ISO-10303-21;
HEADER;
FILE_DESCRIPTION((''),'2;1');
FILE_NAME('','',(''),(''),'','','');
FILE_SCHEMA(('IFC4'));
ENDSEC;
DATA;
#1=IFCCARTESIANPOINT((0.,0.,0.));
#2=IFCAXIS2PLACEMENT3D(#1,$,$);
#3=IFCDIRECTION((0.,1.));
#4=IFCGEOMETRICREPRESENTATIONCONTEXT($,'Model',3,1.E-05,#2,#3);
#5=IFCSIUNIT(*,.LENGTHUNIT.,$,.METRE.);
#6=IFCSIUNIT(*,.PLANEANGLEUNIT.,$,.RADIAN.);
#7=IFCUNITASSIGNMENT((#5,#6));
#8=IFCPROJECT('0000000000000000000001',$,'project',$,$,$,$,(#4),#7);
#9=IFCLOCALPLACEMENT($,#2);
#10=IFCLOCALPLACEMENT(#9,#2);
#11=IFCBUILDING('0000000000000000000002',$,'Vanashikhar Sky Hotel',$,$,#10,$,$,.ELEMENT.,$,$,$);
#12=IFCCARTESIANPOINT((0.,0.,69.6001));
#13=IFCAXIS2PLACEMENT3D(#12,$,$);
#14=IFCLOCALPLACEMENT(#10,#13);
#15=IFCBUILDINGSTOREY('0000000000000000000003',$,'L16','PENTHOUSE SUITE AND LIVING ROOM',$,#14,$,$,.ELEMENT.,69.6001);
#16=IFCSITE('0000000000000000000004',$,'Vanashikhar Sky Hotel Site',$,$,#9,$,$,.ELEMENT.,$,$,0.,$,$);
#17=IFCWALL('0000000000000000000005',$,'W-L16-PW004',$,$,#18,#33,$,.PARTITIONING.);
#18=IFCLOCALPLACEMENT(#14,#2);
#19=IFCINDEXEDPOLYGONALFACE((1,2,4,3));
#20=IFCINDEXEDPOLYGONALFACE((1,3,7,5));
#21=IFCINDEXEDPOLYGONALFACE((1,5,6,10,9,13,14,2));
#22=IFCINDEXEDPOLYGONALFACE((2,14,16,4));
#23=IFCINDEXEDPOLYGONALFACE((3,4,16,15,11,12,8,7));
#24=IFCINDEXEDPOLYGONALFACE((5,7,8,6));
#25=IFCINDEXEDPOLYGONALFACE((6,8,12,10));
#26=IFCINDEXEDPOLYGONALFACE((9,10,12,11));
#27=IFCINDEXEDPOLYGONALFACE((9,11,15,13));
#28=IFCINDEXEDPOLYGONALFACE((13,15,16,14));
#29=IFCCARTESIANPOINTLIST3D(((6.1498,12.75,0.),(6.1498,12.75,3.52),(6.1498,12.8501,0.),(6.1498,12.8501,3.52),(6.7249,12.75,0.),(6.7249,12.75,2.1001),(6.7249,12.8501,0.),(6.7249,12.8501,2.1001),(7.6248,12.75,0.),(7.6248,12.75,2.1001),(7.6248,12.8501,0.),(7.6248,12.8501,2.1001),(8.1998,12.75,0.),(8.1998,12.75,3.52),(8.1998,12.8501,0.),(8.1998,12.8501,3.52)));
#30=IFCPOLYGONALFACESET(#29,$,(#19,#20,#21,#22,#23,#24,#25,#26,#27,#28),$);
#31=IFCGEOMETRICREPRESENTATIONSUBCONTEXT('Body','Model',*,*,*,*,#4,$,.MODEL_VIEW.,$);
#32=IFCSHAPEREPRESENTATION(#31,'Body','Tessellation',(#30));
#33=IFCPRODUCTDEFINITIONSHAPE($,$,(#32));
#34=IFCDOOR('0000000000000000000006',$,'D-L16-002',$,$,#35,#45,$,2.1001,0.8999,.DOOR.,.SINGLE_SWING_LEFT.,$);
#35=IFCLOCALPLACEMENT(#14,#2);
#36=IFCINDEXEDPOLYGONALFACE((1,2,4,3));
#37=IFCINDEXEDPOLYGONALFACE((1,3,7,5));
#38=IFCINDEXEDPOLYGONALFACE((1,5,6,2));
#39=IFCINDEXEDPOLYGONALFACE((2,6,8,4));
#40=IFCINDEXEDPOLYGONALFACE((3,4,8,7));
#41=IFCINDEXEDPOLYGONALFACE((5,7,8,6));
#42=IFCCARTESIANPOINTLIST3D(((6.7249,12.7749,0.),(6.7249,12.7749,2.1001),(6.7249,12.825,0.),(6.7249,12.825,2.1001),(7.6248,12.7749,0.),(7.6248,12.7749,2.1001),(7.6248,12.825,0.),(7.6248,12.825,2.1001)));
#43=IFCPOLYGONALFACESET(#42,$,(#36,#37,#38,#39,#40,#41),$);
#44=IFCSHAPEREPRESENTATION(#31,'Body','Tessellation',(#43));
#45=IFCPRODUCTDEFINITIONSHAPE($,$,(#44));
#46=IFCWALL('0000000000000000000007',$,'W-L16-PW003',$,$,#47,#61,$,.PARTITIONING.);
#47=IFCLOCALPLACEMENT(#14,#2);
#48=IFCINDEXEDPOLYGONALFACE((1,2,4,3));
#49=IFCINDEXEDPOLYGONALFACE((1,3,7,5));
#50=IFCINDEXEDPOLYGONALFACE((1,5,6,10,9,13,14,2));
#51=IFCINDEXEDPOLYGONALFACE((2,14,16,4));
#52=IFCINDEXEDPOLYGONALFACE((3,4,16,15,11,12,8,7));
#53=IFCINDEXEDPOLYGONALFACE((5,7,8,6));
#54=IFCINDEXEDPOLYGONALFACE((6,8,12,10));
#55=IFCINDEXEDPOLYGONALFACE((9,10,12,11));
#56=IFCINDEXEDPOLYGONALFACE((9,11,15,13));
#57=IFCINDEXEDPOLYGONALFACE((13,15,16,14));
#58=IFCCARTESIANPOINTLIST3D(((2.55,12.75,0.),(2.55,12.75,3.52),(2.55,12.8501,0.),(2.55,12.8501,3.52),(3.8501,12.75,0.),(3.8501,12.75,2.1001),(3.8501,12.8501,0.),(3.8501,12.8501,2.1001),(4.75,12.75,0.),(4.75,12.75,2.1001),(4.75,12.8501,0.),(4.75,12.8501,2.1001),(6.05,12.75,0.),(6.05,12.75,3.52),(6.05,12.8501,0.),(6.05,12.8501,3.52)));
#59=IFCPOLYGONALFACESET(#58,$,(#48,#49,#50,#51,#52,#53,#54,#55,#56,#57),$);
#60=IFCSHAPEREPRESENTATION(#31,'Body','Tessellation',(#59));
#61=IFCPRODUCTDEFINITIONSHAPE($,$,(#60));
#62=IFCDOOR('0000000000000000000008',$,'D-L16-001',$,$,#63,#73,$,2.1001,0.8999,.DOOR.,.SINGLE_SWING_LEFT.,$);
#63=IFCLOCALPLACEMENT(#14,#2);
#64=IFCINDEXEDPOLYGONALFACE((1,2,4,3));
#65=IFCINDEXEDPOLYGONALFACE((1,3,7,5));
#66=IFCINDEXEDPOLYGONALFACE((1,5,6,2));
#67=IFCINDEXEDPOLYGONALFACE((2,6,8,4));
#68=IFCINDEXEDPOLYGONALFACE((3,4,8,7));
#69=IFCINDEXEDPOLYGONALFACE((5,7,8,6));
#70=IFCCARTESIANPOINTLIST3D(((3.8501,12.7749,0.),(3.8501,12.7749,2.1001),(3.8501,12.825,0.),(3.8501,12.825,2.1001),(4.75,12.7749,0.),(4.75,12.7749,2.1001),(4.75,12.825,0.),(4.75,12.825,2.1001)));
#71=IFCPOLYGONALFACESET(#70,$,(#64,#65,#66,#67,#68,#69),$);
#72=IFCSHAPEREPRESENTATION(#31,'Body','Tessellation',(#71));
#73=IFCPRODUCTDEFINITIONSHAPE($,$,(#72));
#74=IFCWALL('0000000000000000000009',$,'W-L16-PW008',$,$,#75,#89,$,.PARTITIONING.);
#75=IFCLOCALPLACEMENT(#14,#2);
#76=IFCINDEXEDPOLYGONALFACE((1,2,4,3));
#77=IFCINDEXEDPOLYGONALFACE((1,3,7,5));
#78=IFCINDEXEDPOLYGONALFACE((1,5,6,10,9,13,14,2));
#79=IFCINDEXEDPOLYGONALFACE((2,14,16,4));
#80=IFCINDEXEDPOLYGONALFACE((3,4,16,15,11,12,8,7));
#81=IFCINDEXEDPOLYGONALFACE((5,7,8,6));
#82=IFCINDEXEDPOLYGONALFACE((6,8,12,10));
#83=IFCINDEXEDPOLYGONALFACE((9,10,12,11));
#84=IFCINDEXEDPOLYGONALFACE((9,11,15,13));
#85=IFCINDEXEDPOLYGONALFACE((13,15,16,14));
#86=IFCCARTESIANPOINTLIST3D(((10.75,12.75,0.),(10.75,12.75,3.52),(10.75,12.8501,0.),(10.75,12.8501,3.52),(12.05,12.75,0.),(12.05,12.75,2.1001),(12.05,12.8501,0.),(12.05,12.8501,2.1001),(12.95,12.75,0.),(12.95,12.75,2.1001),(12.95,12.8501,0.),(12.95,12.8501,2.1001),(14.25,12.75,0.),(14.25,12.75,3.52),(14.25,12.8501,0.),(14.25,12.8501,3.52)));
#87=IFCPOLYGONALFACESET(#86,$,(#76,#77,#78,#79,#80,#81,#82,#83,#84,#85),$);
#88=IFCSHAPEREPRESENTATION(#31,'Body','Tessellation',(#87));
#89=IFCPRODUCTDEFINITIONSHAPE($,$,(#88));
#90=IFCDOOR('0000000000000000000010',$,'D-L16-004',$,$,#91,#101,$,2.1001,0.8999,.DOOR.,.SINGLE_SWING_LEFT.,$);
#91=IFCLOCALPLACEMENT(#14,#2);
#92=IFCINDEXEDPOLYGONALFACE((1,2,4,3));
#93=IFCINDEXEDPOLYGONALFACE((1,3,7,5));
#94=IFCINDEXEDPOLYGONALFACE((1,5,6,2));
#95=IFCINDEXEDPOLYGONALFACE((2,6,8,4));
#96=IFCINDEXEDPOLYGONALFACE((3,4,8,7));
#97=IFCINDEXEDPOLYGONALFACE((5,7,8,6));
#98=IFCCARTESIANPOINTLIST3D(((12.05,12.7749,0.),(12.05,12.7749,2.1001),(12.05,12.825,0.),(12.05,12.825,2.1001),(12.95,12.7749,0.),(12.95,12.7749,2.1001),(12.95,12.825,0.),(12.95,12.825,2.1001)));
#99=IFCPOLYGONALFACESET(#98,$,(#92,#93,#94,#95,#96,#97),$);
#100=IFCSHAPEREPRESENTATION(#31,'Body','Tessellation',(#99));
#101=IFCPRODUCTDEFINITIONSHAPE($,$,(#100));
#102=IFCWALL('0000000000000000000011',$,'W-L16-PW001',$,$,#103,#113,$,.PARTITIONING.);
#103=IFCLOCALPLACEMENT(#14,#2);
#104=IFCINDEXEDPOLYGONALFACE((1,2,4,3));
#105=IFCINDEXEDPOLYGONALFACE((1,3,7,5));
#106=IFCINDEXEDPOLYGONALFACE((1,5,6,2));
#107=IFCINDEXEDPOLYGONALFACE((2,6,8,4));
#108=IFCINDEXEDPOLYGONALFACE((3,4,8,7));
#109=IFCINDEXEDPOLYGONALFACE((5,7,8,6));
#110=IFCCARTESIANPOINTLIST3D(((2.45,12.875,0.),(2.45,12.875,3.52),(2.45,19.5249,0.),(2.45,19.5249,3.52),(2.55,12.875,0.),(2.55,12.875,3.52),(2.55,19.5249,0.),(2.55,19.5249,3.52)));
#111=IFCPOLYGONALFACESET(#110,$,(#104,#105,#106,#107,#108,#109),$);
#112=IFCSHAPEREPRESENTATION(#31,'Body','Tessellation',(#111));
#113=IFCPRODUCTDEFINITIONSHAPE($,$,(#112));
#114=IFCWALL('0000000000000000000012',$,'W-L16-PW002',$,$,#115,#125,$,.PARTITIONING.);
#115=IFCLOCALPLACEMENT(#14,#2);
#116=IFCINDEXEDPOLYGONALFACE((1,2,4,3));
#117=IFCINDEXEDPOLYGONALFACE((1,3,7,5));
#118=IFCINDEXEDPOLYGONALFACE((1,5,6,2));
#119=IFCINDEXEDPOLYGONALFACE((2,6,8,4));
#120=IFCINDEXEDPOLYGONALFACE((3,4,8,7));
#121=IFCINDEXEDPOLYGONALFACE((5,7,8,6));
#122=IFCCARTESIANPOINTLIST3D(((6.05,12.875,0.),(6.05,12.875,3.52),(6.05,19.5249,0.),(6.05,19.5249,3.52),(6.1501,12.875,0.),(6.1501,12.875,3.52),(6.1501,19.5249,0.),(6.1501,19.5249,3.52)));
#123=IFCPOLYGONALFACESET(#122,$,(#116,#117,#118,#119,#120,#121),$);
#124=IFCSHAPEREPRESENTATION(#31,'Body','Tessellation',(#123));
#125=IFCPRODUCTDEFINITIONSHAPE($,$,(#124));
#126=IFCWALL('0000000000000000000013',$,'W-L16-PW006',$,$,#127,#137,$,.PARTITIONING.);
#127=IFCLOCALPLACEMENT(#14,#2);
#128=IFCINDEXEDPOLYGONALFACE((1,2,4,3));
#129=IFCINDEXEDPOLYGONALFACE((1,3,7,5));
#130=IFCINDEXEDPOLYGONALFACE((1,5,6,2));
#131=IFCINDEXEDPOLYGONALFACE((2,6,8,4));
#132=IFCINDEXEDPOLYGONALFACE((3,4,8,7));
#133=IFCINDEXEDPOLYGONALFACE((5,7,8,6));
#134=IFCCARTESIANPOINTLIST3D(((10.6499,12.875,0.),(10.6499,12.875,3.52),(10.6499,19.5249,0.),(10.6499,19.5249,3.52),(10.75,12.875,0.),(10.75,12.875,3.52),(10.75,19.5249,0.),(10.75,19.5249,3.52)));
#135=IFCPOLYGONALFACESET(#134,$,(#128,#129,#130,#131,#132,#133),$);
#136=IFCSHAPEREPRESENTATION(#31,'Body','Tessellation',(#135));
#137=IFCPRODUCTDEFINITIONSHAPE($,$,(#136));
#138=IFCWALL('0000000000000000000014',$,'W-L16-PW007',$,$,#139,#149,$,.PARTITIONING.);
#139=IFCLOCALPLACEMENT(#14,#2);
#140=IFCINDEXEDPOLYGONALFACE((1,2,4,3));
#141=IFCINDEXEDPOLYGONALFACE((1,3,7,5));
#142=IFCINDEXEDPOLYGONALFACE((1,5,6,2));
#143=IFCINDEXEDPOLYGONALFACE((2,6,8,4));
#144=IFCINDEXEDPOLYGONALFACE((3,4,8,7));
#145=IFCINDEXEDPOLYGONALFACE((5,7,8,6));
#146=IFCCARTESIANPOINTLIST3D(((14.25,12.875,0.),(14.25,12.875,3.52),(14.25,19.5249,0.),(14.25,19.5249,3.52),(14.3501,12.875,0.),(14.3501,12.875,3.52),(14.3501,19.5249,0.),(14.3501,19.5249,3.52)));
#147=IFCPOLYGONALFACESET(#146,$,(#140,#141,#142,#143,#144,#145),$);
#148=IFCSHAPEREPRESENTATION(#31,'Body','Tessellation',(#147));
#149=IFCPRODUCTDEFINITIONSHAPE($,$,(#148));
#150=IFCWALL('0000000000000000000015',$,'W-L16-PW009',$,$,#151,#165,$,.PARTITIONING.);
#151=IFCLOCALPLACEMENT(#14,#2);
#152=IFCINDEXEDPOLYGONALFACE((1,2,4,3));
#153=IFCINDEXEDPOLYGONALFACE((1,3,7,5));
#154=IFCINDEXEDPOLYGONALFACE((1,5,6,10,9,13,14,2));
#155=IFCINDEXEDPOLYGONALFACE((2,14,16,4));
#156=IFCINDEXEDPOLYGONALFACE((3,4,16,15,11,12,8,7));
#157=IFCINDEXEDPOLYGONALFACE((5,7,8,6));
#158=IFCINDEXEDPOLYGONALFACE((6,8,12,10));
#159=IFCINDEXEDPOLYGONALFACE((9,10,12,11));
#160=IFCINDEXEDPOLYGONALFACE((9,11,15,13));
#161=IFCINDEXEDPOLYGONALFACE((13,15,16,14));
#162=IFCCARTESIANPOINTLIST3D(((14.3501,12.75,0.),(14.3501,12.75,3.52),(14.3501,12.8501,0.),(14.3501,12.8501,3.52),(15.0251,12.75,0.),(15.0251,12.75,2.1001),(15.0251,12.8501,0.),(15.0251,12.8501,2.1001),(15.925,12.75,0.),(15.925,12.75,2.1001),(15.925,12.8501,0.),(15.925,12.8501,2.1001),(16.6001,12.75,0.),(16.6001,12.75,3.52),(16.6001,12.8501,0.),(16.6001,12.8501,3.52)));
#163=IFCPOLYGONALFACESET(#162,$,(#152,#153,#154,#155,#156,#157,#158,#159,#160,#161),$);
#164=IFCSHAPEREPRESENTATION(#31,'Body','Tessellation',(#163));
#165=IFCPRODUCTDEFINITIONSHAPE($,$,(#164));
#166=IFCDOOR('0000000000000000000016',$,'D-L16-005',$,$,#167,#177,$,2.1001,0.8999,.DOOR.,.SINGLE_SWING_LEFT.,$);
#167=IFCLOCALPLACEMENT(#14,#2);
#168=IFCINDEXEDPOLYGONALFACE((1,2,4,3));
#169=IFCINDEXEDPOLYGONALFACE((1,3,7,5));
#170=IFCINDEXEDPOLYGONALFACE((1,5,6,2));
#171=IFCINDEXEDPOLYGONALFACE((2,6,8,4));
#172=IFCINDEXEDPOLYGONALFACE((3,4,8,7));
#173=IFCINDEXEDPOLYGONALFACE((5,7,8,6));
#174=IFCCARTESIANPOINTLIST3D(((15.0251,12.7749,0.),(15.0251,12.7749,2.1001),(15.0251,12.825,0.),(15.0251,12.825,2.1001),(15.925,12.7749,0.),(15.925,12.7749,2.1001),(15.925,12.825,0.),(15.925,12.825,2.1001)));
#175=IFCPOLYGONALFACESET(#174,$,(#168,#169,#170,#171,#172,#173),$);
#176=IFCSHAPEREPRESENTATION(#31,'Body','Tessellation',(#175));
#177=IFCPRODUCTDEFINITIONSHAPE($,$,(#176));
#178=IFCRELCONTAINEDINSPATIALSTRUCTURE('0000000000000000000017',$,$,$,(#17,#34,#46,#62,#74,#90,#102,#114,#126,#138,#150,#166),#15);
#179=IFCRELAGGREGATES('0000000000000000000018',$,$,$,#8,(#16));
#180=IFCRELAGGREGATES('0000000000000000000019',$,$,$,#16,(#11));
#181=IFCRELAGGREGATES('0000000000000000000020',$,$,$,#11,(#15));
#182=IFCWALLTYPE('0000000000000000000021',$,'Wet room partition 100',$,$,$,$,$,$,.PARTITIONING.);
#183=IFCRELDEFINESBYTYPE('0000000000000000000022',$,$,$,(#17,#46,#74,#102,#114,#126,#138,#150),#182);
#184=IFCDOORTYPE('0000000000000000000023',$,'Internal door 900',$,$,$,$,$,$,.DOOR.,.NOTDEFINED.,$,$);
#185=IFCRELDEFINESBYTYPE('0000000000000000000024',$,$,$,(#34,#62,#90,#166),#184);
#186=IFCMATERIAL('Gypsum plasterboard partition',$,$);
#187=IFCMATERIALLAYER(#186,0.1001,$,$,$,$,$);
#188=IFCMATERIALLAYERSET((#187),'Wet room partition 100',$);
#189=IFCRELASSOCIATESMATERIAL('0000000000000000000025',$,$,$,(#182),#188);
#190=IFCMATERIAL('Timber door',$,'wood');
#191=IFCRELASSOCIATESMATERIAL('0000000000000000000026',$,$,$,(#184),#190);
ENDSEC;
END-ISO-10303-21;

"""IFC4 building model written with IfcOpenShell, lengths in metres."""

from ifc_helpers import new_model, si_unit, direction, frame, frame_2d, origin, place, context, subcontext, project, spatial, rectangle, extrude, source, transform, mapped, material, layer, layer_set, type_object, element, fill, save


model = new_model("IFC4")

# Units and contexts
model_context = context("Model", 3, precision=1e-05, world=origin(), true_north=direction((0.0, 1.0)))
body_context = subcontext(model_context, "Body", "Model", "MODEL_VIEW")
ifc_project = project(units=[si_unit("LENGTHUNIT", "METRE"), si_unit("PLANEANGLEUNIT", "RADIAN")], contexts=[model_context])

# Site, building, storey
site_placement = place(None, origin())
site = spatial("IfcSite", under=ifc_project, at=site_placement, Name="Vanashikhar Sky Hotel Site", CompositionType="ELEMENT", RefElevation=0.0)
building_placement = place(site_placement, origin())
building = spatial("IfcBuilding", under=site, at=building_placement, Name="Vanashikhar Sky Hotel", CompositionType="ELEMENT")
storey_placement = place(building_placement, frame((0.0, 0.0, 69.6001)))
storey = spatial("IfcBuildingStorey", under=building, at=storey_placement, Name="L16", Description="PENTHOUSE SUITE AND LIVING ROOM", CompositionType="ELEMENT", Elevation=69.6001)

# Walls, openings, doors
ifc_material_1 = material(Name="Gypsum plasterboard partition")
ifc_layer_1 = layer(ifc_material_1, 0.1001)
ifc_layer_set_1 = layer_set([ifc_layer_1], Name="Wet room partition 100")
wall_type_1 = type_object("IfcWallType", Name="Wet room partition 100", PredefinedType="PARTITIONING", material=ifc_layer_set_1)
shared_shape_1 = source(origin(), body_context, "Body", "SweptSolid", [
    extrude(rectangle(XDim=2.05, YDim=0.1001, at=frame_2d((1.0249, 0.0))), origin(), (0.0, 0.0, 1.0), 3.52),
])
wall_1_placement = place(storey_placement, frame((6.1499, 12.8, 0.0), z_axis=(0.0, 0.0, 1.0), x_axis=(1.0, 0.0, 0.0)))
wall_1 = element("IfcWall", 1, at=wall_1_placement, inside=storey, type_object=wall_type_1, Name="W-L16-PW004", PredefinedType="PARTITIONING", context=body_context, shape_type="MappedRepresentation", body=[
    mapped(shared_shape_1, transform((0.0, 0.0, 0.0), scale=1.0)),
])
shared_shape_2 = source(origin(), body_context, "Body", "SweptSolid", [
    extrude(rectangle(XDim=0.8999, YDim=2.1001, at=frame_2d((0.45, 1.05))), frame((0.0, 0.0601, 0.0), z_axis=(0.0, -1.0, 0.0), x_axis=(1.0, 0.0, 0.0)), (0.0, 0.0, 1.0), 0.1201),
])
opening_1_placement = place(wall_1_placement, frame((0.575, 0.0, 0.0)))
opening_1 = element("IfcOpeningElement", 2, at=opening_1_placement, cuts=wall_1, PredefinedType="OPENING", context=body_context, shape_type="MappedRepresentation", body=[
    mapped(shared_shape_2, transform((0.0, 0.0, 0.0), scale=1.0)),
])
ifc_material_2 = material(Name="Timber door", Category="wood")
door_type_1 = type_object("IfcDoorType", Name="Internal door 900", OperationType="NOTDEFINED", PredefinedType="DOOR", material=ifc_material_2)
shared_shape_3 = source(origin(), body_context, "Body", "SweptSolid", [
    extrude(rectangle(XDim=0.8999, YDim=2.1001, at=frame_2d((0.45, 1.05))), frame((0.0, 0.0249, 0.0), z_axis=(0.0, -1.0, 0.0), x_axis=(1.0, 0.0, 0.0)), (0.0, 0.0, 1.0), 0.05),
])
door_1_placement = place(opening_1_placement, origin())
door_1 = element("IfcDoor", 3, at=door_1_placement, inside=storey, type_object=door_type_1, Name="D-L16-002", OperationType="SINGLE_SWING_LEFT", OverallHeight=2.1001, OverallWidth=0.8999, PredefinedType="DOOR", context=body_context, shape_type="MappedRepresentation", body=[
    mapped(shared_shape_3, transform((0.0, 0.0, 0.0), scale=1.0)),
])
fill(opening_1, door_1)
shared_shape_4 = source(origin(), body_context, "Body", "SweptSolid", [
    extrude(rectangle(XDim=3.5, YDim=0.1001, at=frame_2d((1.75, 0.0))), origin(), (0.0, 0.0, 1.0), 3.52),
])
wall_2_placement = place(storey_placement, frame((2.55, 12.8, 0.0), z_axis=(0.0, 0.0, 1.0), x_axis=(1.0, 0.0, 0.0)))
wall_2 = element("IfcWall", 4, at=wall_2_placement, inside=storey, type_object=wall_type_1, Name="W-L16-PW003", PredefinedType="PARTITIONING", context=body_context, shape_type="MappedRepresentation", body=[
    mapped(shared_shape_4, transform((0.0, 0.0, 0.0), scale=1.0)),
])
opening_2_placement = place(wall_2_placement, frame((1.3, 0.0, 0.0)))
opening_2 = element("IfcOpeningElement", 5, at=opening_2_placement, cuts=wall_2, PredefinedType="OPENING", context=body_context, shape_type="MappedRepresentation", body=[
    mapped(shared_shape_2, transform((0.0, 0.0, 0.0), scale=1.0)),
])
door_2_placement = place(opening_2_placement, origin())
door_2 = element("IfcDoor", 6, at=door_2_placement, inside=storey, type_object=door_type_1, Name="D-L16-001", OperationType="SINGLE_SWING_LEFT", OverallHeight=2.1001, OverallWidth=0.8999, PredefinedType="DOOR", context=body_context, shape_type="MappedRepresentation", body=[
    mapped(shared_shape_3, transform((0.0, 0.0, 0.0), scale=1.0)),
])
fill(opening_2, door_2)
wall_3_placement = place(storey_placement, frame((10.75, 12.8, 0.0), z_axis=(0.0, 0.0, 1.0), x_axis=(1.0, 0.0, 0.0)))
wall_3 = element("IfcWall", 7, at=wall_3_placement, inside=storey, type_object=wall_type_1, Name="W-L16-PW008", PredefinedType="PARTITIONING", context=body_context, shape_type="MappedRepresentation", body=[
    mapped(shared_shape_4, transform((0.0, 0.0, 0.0), scale=1.0)),
])
opening_3_placement = place(wall_3_placement, frame((1.3, 0.0, 0.0)))
opening_3 = element("IfcOpeningElement", 8, at=opening_3_placement, cuts=wall_3, PredefinedType="OPENING", context=body_context, shape_type="MappedRepresentation", body=[
    mapped(shared_shape_2, transform((0.0, 0.0, 0.0), scale=1.0)),
])
door_3_placement = place(opening_3_placement, origin())
door_3 = element("IfcDoor", 9, at=door_3_placement, inside=storey, type_object=door_type_1, Name="D-L16-004", OperationType="SINGLE_SWING_LEFT", OverallHeight=2.1001, OverallWidth=0.8999, PredefinedType="DOOR", context=body_context, shape_type="MappedRepresentation", body=[
    mapped(shared_shape_3, transform((0.0, 0.0, 0.0), scale=1.0)),
])
fill(opening_3, door_3)

# Walls
shared_shape_5 = source(origin(), body_context, "Body", "SweptSolid", [
    extrude(rectangle(XDim=6.6499, YDim=0.1001, at=frame_2d((3.325, 0.0))), origin(), (0.0, 0.0, 1.0), 3.52),
])
for number, where, z_axis, x_axis, name in (
    (10, (2.5, 12.875, 0.0), (0.0, 0.0, 1.0), (0.0, 1.0, 0.0), "W-L16-PW001"),
    (11, (6.1001, 12.875, 0.0), (0.0, 0.0, 1.0), (0.0, 1.0, 0.0), "W-L16-PW002"),
    (12, (10.7, 12.875, 0.0), (0.0, 0.0, 1.0), (0.0, 1.0, 0.0), "W-L16-PW006"),
    (13, (14.3, 12.875, 0.0), (0.0, 0.0, 1.0), (0.0, 1.0, 0.0), "W-L16-PW007"),
):
    element("IfcWall", number, at=place(storey_placement, frame(where, z_axis=z_axis, x_axis=x_axis)), inside=storey, type_object=wall_type_1, Name=name, PredefinedType="PARTITIONING", context=body_context, shape_type="MappedRepresentation", body=[
        mapped(shared_shape_5, transform((0.0, 0.0, 0.0), scale=1.0)),
    ])

# Wall, opening, door
shared_shape_6 = source(origin(), body_context, "Body", "SweptSolid", [
    extrude(rectangle(XDim=2.25, YDim=0.1001, at=frame_2d((1.125, 0.0))), origin(), (0.0, 0.0, 1.0), 3.52),
])
wall_4_placement = place(storey_placement, frame((14.3501, 12.8, 0.0), z_axis=(0.0, 0.0, 1.0), x_axis=(1.0, 0.0, 0.0)))
wall_4 = element("IfcWall", 14, at=wall_4_placement, inside=storey, type_object=wall_type_1, Name="W-L16-PW009", PredefinedType="PARTITIONING", context=body_context, shape_type="MappedRepresentation", body=[
    mapped(shared_shape_6, transform((0.0, 0.0, 0.0), scale=1.0)),
])
opening_4_placement = place(wall_4_placement, frame((0.675, 0.0, 0.0)))
opening_4 = element("IfcOpeningElement", 15, at=opening_4_placement, cuts=wall_4, PredefinedType="OPENING", context=body_context, shape_type="MappedRepresentation", body=[
    mapped(shared_shape_2, transform((0.0, 0.0, 0.0), scale=1.0)),
])
door_4_placement = place(opening_4_placement, origin())
door_4 = element("IfcDoor", 16, at=door_4_placement, inside=storey, type_object=door_type_1, Name="D-L16-005", OperationType="SINGLE_SWING_LEFT", OverallHeight=2.1001, OverallWidth=0.8999, PredefinedType="DOOR", context=body_context, shape_type="MappedRepresentation", body=[
    mapped(shared_shape_3, transform((0.0, 0.0, 0.0), scale=1.0)),
])
fill(opening_4, door_4)

save(model, "model.ifc")
